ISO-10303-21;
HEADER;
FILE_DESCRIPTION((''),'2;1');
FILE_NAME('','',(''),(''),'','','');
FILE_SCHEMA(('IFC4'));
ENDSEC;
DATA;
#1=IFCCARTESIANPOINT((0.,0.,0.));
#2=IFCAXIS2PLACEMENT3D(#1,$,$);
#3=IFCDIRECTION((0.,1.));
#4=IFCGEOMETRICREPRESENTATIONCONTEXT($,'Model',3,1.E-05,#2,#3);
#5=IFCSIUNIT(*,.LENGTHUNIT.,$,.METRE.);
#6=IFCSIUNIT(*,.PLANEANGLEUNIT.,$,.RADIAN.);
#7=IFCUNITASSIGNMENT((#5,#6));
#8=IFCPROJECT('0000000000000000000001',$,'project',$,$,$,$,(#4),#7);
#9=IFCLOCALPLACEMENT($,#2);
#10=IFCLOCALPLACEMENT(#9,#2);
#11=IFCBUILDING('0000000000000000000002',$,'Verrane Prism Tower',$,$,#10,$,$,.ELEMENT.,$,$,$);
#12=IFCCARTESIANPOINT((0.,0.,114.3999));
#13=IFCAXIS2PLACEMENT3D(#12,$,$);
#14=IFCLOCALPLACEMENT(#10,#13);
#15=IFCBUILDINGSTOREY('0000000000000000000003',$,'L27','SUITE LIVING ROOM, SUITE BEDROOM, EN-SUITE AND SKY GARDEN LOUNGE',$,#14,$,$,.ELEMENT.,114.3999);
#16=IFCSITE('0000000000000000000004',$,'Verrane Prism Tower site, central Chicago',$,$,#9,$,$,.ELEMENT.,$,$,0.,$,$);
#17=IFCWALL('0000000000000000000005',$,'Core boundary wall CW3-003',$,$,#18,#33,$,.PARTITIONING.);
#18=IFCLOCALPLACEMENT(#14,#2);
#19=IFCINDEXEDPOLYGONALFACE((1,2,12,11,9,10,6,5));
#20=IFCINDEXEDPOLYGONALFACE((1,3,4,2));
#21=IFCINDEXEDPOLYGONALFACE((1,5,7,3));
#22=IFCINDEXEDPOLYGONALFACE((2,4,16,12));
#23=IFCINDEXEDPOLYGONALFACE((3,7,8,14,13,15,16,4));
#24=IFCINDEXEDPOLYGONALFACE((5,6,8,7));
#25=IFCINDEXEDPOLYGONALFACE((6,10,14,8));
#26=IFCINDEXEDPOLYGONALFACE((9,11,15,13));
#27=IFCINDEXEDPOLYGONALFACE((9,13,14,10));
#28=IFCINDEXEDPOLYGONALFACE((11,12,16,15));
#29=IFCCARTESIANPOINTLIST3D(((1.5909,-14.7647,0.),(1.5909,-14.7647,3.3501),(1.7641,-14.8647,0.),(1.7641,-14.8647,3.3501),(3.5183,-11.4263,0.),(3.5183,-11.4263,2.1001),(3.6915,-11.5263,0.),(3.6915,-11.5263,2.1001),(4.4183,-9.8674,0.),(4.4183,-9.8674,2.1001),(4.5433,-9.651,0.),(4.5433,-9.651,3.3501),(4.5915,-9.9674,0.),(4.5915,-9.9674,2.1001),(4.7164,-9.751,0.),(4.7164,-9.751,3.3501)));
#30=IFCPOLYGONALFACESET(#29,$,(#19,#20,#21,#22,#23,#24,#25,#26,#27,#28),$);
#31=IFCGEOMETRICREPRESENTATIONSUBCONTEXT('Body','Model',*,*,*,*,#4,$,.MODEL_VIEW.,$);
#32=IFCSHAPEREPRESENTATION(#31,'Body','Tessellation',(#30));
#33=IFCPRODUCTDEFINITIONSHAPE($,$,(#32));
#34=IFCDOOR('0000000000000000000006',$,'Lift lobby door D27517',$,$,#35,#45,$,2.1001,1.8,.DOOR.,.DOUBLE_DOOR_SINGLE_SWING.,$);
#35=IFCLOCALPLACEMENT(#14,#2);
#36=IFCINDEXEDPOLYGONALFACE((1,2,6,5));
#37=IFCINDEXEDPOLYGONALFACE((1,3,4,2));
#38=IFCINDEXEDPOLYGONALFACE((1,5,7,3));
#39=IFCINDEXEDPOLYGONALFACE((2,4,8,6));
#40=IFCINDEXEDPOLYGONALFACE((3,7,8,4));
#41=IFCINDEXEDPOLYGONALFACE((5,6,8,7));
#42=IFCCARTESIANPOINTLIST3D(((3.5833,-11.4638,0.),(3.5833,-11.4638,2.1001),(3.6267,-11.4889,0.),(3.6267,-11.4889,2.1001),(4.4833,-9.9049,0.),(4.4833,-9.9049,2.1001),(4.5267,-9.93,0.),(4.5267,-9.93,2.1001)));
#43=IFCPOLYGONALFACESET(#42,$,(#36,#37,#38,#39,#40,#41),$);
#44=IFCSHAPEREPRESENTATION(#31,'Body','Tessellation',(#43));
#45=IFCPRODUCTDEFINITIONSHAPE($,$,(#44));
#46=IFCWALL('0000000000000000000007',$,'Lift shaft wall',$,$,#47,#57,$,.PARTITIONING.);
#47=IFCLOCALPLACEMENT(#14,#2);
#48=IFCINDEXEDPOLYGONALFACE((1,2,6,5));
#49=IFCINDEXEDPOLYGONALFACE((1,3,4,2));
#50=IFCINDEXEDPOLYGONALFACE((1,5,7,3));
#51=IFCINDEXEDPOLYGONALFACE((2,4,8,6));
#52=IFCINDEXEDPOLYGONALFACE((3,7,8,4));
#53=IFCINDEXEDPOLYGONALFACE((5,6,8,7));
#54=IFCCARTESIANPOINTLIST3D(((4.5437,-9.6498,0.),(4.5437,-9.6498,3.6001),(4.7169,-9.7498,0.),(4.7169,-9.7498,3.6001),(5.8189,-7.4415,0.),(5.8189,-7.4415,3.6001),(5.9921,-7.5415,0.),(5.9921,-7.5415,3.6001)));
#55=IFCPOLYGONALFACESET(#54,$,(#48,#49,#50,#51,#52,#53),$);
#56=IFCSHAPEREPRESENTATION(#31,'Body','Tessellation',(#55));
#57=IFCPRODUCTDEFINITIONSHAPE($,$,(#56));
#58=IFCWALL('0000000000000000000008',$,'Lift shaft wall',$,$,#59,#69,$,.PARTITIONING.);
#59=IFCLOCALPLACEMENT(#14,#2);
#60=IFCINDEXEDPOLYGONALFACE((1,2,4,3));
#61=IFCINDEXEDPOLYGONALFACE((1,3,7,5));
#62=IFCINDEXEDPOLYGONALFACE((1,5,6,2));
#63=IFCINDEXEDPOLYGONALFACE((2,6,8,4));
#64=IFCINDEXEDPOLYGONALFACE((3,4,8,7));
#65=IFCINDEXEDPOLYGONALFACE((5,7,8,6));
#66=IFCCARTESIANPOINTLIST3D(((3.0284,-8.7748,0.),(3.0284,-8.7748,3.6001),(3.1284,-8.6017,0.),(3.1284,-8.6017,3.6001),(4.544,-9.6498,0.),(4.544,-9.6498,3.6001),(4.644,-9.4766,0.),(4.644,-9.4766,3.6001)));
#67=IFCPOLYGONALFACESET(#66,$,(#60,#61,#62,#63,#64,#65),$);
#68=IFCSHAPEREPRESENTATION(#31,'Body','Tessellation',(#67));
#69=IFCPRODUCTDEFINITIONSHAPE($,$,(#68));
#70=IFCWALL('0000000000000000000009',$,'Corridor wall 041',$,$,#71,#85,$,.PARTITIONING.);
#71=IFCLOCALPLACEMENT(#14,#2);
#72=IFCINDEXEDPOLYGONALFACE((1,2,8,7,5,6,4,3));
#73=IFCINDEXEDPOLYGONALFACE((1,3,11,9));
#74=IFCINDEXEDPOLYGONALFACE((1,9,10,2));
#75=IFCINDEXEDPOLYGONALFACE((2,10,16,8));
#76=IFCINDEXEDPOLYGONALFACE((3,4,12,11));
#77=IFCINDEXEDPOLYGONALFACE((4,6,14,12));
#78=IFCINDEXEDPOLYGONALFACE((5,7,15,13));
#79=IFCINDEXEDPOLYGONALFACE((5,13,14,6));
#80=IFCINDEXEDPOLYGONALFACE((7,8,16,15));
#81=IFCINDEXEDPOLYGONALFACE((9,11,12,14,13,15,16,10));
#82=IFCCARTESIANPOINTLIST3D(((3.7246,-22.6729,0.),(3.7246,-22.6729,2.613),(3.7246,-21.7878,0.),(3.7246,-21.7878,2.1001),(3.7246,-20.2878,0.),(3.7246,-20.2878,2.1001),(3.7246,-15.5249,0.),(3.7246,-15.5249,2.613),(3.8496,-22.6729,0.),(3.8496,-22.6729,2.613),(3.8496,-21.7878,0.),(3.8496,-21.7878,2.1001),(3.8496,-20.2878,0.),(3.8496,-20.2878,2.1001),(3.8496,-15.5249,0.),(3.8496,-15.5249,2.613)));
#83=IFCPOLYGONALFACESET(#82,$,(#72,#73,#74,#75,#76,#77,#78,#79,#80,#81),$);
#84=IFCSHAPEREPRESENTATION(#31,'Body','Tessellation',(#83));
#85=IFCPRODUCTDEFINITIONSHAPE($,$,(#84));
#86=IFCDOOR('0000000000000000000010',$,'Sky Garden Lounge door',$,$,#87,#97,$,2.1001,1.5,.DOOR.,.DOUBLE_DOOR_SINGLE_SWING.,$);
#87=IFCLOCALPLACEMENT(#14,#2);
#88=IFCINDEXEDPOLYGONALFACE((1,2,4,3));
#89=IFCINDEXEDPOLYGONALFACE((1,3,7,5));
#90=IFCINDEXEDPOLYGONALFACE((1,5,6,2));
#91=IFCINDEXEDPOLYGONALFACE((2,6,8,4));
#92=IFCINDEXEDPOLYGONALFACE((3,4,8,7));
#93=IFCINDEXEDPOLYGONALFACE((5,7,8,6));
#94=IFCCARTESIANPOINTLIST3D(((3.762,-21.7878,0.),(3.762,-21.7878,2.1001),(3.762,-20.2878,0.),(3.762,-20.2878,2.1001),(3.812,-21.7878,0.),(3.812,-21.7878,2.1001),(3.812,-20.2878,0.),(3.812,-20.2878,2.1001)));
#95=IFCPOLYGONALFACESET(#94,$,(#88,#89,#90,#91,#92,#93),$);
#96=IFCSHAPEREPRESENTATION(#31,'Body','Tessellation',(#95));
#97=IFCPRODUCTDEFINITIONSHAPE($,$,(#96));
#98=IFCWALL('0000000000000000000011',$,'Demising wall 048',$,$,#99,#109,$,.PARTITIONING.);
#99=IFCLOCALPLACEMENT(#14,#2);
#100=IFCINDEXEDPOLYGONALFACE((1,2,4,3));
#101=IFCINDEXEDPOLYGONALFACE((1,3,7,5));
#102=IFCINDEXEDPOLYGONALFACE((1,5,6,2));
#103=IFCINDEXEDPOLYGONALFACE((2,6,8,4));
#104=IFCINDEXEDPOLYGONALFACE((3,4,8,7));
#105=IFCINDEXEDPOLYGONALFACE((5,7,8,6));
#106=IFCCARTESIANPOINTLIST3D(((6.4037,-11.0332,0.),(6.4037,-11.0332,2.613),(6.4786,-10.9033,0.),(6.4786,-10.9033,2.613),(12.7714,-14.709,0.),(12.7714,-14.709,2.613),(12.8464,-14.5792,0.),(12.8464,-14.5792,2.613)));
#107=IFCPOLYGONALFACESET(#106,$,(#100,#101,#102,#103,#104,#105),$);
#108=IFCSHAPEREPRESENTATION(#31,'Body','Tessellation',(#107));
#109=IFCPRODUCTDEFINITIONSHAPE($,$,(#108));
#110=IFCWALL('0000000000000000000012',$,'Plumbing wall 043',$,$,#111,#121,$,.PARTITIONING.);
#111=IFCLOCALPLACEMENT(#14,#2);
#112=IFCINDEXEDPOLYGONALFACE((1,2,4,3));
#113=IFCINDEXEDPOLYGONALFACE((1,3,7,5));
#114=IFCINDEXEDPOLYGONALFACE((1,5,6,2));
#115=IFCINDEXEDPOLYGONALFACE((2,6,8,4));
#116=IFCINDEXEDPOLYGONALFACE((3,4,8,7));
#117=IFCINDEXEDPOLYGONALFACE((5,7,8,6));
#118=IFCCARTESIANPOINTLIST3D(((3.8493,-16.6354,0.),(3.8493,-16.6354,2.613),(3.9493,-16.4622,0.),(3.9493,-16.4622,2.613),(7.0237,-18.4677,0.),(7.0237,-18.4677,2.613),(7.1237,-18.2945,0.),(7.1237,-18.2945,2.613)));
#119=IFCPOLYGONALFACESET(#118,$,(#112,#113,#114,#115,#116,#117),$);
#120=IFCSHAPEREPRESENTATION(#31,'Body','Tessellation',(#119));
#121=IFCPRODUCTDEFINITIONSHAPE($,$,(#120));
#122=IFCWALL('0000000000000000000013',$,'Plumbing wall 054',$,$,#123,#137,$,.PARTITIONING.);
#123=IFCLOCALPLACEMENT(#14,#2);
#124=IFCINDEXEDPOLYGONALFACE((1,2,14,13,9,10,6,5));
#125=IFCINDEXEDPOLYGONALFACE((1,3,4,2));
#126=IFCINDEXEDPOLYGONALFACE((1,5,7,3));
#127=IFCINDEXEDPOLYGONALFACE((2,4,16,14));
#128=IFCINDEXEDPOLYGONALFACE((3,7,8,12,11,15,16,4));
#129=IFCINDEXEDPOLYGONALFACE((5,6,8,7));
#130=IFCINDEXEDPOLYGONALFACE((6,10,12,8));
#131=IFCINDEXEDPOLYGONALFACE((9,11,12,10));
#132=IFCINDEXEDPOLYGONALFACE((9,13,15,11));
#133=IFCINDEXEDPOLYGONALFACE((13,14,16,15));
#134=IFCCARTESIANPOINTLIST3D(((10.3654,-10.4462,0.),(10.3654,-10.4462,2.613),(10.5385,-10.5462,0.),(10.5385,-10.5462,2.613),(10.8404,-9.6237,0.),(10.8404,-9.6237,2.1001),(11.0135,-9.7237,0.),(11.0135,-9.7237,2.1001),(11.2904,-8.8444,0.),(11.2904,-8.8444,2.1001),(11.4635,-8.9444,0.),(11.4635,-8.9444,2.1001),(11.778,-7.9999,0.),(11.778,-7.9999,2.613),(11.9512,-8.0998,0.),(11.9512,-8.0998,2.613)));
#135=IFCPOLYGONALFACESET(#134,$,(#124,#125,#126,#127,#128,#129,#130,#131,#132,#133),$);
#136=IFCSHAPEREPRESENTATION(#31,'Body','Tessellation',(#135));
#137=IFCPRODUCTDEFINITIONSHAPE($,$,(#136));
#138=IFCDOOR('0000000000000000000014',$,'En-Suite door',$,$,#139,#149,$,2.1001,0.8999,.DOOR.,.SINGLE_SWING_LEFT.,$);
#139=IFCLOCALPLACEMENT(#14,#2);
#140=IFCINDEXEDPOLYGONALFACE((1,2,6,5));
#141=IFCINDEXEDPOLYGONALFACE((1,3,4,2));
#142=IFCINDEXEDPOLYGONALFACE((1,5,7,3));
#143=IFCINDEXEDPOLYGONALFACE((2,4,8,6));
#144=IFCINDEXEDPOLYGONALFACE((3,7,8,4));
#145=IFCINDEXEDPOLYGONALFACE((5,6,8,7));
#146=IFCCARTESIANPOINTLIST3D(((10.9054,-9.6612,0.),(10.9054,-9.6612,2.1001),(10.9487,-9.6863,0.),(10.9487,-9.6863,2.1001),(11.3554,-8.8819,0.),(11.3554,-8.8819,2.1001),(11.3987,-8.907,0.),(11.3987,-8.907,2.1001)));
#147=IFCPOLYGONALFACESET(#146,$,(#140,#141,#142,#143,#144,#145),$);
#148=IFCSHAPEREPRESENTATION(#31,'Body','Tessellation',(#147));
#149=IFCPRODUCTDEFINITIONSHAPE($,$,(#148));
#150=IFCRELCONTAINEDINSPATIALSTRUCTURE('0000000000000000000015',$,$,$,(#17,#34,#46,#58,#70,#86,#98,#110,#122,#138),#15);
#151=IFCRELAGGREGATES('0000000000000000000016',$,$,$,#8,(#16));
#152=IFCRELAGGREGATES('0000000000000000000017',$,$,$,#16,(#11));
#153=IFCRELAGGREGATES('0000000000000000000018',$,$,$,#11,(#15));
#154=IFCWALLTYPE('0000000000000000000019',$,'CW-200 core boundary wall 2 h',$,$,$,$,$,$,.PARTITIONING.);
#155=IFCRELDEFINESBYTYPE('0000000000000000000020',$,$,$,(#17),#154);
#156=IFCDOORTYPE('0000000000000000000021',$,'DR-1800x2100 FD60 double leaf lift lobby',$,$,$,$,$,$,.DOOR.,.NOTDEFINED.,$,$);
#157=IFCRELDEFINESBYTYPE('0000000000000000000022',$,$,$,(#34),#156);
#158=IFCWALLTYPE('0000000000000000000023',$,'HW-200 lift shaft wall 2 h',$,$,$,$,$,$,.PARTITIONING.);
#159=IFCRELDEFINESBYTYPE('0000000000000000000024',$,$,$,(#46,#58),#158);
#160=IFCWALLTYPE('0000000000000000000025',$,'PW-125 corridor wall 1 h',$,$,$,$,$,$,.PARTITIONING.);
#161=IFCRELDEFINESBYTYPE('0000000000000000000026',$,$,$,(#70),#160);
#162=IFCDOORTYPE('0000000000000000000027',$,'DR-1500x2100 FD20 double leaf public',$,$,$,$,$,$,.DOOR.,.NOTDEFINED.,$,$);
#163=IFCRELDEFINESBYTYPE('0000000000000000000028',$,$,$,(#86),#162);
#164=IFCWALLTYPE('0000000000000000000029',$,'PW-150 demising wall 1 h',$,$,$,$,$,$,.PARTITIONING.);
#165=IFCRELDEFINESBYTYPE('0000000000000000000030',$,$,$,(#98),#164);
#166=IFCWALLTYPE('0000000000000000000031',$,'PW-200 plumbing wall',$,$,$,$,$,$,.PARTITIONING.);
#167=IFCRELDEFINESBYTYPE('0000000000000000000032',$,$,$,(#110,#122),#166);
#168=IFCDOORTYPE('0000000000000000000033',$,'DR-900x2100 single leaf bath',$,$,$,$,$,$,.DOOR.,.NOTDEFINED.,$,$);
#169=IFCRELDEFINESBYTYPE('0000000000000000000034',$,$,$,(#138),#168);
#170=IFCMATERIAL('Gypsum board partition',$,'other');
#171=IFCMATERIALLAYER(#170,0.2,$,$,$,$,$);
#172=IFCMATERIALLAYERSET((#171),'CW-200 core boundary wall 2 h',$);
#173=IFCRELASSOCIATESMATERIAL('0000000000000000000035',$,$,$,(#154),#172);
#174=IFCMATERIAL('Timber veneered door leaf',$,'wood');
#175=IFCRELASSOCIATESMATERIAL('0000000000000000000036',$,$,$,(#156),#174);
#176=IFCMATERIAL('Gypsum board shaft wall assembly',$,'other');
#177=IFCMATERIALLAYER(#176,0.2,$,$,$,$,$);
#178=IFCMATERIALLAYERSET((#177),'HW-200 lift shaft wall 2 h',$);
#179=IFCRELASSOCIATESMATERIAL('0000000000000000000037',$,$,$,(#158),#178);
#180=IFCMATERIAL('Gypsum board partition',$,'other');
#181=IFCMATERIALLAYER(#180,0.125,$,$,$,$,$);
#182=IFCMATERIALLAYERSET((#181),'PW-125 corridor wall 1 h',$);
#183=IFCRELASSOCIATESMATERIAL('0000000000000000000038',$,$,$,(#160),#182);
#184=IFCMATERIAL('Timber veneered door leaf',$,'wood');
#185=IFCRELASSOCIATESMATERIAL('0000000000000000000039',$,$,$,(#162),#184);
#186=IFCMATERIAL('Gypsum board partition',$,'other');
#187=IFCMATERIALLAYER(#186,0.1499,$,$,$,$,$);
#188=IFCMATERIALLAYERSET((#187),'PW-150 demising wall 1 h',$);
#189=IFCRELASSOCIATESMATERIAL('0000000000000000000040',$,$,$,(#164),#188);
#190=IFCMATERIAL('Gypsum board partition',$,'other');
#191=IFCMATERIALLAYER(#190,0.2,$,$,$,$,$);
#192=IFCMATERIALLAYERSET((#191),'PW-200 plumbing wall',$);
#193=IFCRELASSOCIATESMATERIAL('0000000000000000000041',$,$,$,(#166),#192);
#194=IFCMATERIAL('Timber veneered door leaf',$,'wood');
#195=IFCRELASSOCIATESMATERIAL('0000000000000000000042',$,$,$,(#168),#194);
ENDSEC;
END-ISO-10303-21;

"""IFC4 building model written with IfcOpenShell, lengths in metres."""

from ifc_helpers import new_model, si_unit, direction, frame, frame_2d, origin, place, context, subcontext, project, spatial, rectangle, extrude, material, layer, layer_set, type_object, element, fill, save


model = new_model("IFC4")

# Units and contexts
model_context = context("Model", 3, precision=1e-05, world=origin(), true_north=direction((0.0, 1.0)))
body_context = subcontext(model_context, "Body", "Model", "MODEL_VIEW")
ifc_project = project(units=[si_unit("LENGTHUNIT", "METRE"), si_unit("PLANEANGLEUNIT", "RADIAN")], contexts=[model_context])

# Site, building, storey
site_placement = place(None, origin())
site = spatial("IfcSite", under=ifc_project, at=site_placement, Name="Verrane Prism Tower site, central Chicago", CompositionType="ELEMENT", RefElevation=0.0)
building_placement = place(site_placement, origin())
building = spatial("IfcBuilding", under=site, at=building_placement, Name="Verrane Prism Tower", CompositionType="ELEMENT")
storey_placement = place(building_placement, frame((0.0, 0.0, 114.3999)))
storey = spatial("IfcBuildingStorey", under=building, at=storey_placement, Name="L27", Description="SUITE LIVING ROOM, SUITE BEDROOM, EN-SUITE AND SKY GARDEN LOUNGE", CompositionType="ELEMENT", Elevation=114.3999)

# Wall, opening, door
ifc_material_1 = material(Name="Gypsum board partition", Category="other")
ifc_layer_1 = layer(ifc_material_1, 0.2)
ifc_layer_set_1 = layer_set([ifc_layer_1], Name="CW-200 core boundary wall 2 h")
wall_type_1 = type_object("IfcWallType", Name="CW-200 core boundary wall 2 h", PredefinedType="PARTITIONING", material=ifc_layer_set_1)
wall_1_placement = place(storey_placement, frame((1.6775, -14.8147, 0.0), z_axis=(0.0, 0.0, 1.0), x_axis=(0.499994, 0.866029, 0.0)))
wall_1 = element("IfcWall", 1, at=wall_1_placement, inside=storey, type_object=wall_type_1, Name="Core boundary wall CW3-003", PredefinedType="PARTITIONING", context=body_context, shape_type="SweptSolid", body=[
    extrude(rectangle(XDim=5.9048, YDim=0.2, at=frame_2d((2.9524, 0.0))), origin(), (0.0, 0.0, 1.0), 3.3501),
])
opening_1_placement = place(wall_1_placement, frame((3.855, 0.0, 0.0)))
opening_1 = element("IfcOpeningElement", 2, at=opening_1_placement, cuts=wall_1, PredefinedType="OPENING", context=body_context, shape_type="SweptSolid", body=[
    extrude(rectangle(XDim=1.8, YDim=2.1001, at=frame_2d((0.8999, 1.05))), frame((0.0, 0.1099, 0.0), z_axis=(0.0, -1.0, 0.0), x_axis=(1.0, 0.0, 0.0)), (0.0, 0.0, 1.0), 0.22),
])
ifc_material_2 = material(Name="Timber veneered door leaf", Category="wood")
door_type_1 = type_object("IfcDoorType", Name="DR-1800x2100 FD60 double leaf lift lobby", OperationType="NOTDEFINED", PredefinedType="DOOR", material=ifc_material_2)
door_1_placement = place(opening_1_placement, origin())
door_1 = element("IfcDoor", 3, at=door_1_placement, inside=storey, type_object=door_type_1, Name="Lift lobby door D27517", OperationType="DOUBLE_DOOR_SINGLE_SWING", OverallHeight=2.1001, OverallWidth=1.8, PredefinedType="DOOR", context=body_context, shape_type="SweptSolid", body=[
    extrude(rectangle(XDim=1.8, YDim=2.1001, at=frame_2d((0.8999, 1.05))), frame((0.0, 0.0249, 0.0), z_axis=(0.0, -1.0, 0.0), x_axis=(1.0, 0.0, 0.0)), (0.0, 0.0, 1.0), 0.05),
])
fill(opening_1, door_1)

# Walls
ifc_material_3 = material(Name="Gypsum board shaft wall assembly", Category="other")
ifc_layer_2 = layer(ifc_material_3, 0.2)
ifc_layer_set_2 = layer_set([ifc_layer_2], Name="HW-200 lift shaft wall 2 h")
wall_type_2 = type_object("IfcWallType", Name="HW-200 lift shaft wall 2 h", PredefinedType="PARTITIONING", material=ifc_layer_set_2)
wall_2_placement = place(storey_placement, frame((4.6304, -9.6997, 0.0), z_axis=(0.0, 0.0, 1.0), x_axis=(0.500062, 0.865989, 0.0)))
element("IfcWall", 4, at=wall_2_placement, inside=storey, type_object=wall_type_2, Name="Lift shaft wall", PredefinedType="PARTITIONING", context=body_context, shape_type="SweptSolid", body=[
    extrude(rectangle(XDim=2.55, YDim=0.2, at=frame_2d((1.2749, 0.0))), origin(), (0.0, 0.0, 1.0), 3.6001),
])
wall_3_placement = place(storey_placement, frame((4.594, -9.5632, 0.0), z_axis=(0.0, 0.0, 1.0), x_axis=(-0.866037, 0.49998, 0.0)))
element("IfcWall", 5, at=wall_3_placement, inside=storey, type_object=wall_type_2, Name="Lift shaft wall", PredefinedType="PARTITIONING", context=body_context, shape_type="SweptSolid", body=[
    extrude(rectangle(XDim=1.75, YDim=0.2, at=frame_2d((0.875, 0.0))), origin(), (0.0, 0.0, 1.0), 3.6001),
])

# Wall, opening, door
ifc_material_4 = material(Name="Gypsum board partition", Category="other")
ifc_layer_3 = layer(ifc_material_4, 0.125)
ifc_layer_set_3 = layer_set([ifc_layer_3], Name="PW-125 corridor wall 1 h")
wall_type_3 = type_object("IfcWallType", Name="PW-125 corridor wall 1 h", PredefinedType="PARTITIONING", material=ifc_layer_set_3)
wall_4_placement = place(storey_placement, frame((3.7871, -15.5249, 0.0), z_axis=(0.0, 0.0, 1.0), x_axis=(0.0, -1.0, 0.0)))
wall_4 = element("IfcWall", 6, at=wall_4_placement, inside=storey, type_object=wall_type_3, Name="Corridor wall 041", PredefinedType="PARTITIONING", context=body_context, shape_type="SweptSolid", body=[
    extrude(rectangle(XDim=7.1479, YDim=0.125, at=frame_2d((3.574, 0.0))), origin(), (0.0, 0.0, 1.0), 2.613),
])
opening_2_placement = place(wall_4_placement, frame((4.7629, 0.0, 0.0)))
opening_2 = element("IfcOpeningElement", 7, at=opening_2_placement, cuts=wall_4, PredefinedType="OPENING", context=body_context, shape_type="SweptSolid", body=[
    extrude(rectangle(XDim=1.5, YDim=2.1001, at=frame_2d((0.75, 1.05))), frame((0.0, 0.0725, 0.0), z_axis=(0.0, -1.0, 0.0), x_axis=(1.0, 0.0, 0.0)), (0.0, 0.0, 1.0), 0.145),
])
ifc_material_5 = material(Name="Timber veneered door leaf", Category="wood")
door_type_2 = type_object("IfcDoorType", Name="DR-1500x2100 FD20 double leaf public", OperationType="NOTDEFINED", PredefinedType="DOOR", material=ifc_material_5)
door_2_placement = place(opening_2_placement, origin())
door_2 = element("IfcDoor", 8, at=door_2_placement, inside=storey, type_object=door_type_2, Name="Sky Garden Lounge door", OperationType="DOUBLE_DOOR_SINGLE_SWING", OverallHeight=2.1001, OverallWidth=1.5, PredefinedType="DOOR", context=body_context, shape_type="SweptSolid", body=[
    extrude(rectangle(XDim=1.5, YDim=2.1001, at=frame_2d((0.75, 1.05))), frame((0.0, 0.0249, 0.0), z_axis=(0.0, -1.0, 0.0), x_axis=(1.0, 0.0, 0.0)), (0.0, 0.0, 1.0), 0.05),
])
fill(opening_2, door_2)

# Walls
ifc_material_6 = material(Name="Gypsum board partition", Category="other")
ifc_layer_4 = layer(ifc_material_6, 0.1499)
ifc_layer_set_4 = layer_set([ifc_layer_4], Name="PW-150 demising wall 1 h")
wall_type_4 = type_object("IfcWallType", Name="PW-150 demising wall 1 h", PredefinedType="PARTITIONING", material=ifc_layer_set_4)
wall_5_placement = place(storey_placement, frame((6.4412, -10.9683, 0.0), z_axis=(0.0, 0.0, 1.0), x_axis=(0.866061, -0.499939, 0.0)))
element("IfcWall", 9, at=wall_5_placement, inside=storey, type_object=wall_type_4, Name="Demising wall 048", PredefinedType="PARTITIONING", context=body_context, shape_type="SweptSolid", body=[
    extrude(rectangle(XDim=7.3525, YDim=0.1499, at=frame_2d((3.6763, 0.0))), origin(), (0.0, 0.0, 1.0), 2.613),
])
ifc_material_7 = material(Name="Gypsum board partition", Category="other")
ifc_layer_5 = layer(ifc_material_7, 0.2)
ifc_layer_set_5 = layer_set([ifc_layer_5], Name="PW-200 plumbing wall")
wall_type_5 = type_object("IfcWallType", Name="PW-200 plumbing wall", PredefinedType="PARTITIONING", material=ifc_layer_set_5)
wall_6_placement = place(storey_placement, frame((3.8994, -16.5488, 0.0), z_axis=(0.0, 0.0, 1.0), x_axis=(0.866075, -0.499915, 0.0)))
element("IfcWall", 10, at=wall_6_placement, inside=storey, type_object=wall_type_5, Name="Plumbing wall 043", PredefinedType="PARTITIONING", context=body_context, shape_type="SweptSolid", body=[
    extrude(rectangle(XDim=3.6653, YDim=0.2, at=frame_2d((1.8325, 0.0))), origin(), (0.0, 0.0, 1.0), 2.613),
])

# Wall, opening, door
wall_7_placement = place(storey_placement, frame((10.4519, -10.4963, 0.0), z_axis=(0.0, 0.0, 1.0), x_axis=(0.500062, 0.86599, 0.0)))
wall_7 = element("IfcWall", 11, at=wall_7_placement, inside=storey, type_object=wall_type_5, Name="Plumbing wall 054", PredefinedType="PARTITIONING", context=body_context, shape_type="SweptSolid", body=[
    extrude(rectangle(XDim=2.825, YDim=0.2, at=frame_2d((1.4126, 0.0))), origin(), (0.0, 0.0, 1.0), 2.613),
])
opening_3_placement = place(wall_7_placement, frame((0.95, 0.0, 0.0)))
opening_3 = element("IfcOpeningElement", 12, at=opening_3_placement, cuts=wall_7, PredefinedType="OPENING", context=body_context, shape_type="SweptSolid", body=[
    extrude(rectangle(XDim=0.8999, YDim=2.1001, at=frame_2d((0.45, 1.05))), frame((0.0, 0.1099, 0.0), z_axis=(0.0, -1.0, 0.0), x_axis=(1.0, 0.0, 0.0)), (0.0, 0.0, 1.0), 0.22),
])
ifc_material_8 = material(Name="Timber veneered door leaf", Category="wood")
door_type_3 = type_object("IfcDoorType", Name="DR-900x2100 single leaf bath", OperationType="NOTDEFINED", PredefinedType="DOOR", material=ifc_material_8)
door_3_placement = place(opening_3_placement, origin())
door_3 = element("IfcDoor", 13, at=door_3_placement, inside=storey, type_object=door_type_3, Name="En-Suite door", OperationType="SINGLE_SWING_LEFT", OverallHeight=2.1001, OverallWidth=0.8999, PredefinedType="DOOR", context=body_context, shape_type="SweptSolid", body=[
    extrude(rectangle(XDim=0.8999, YDim=2.1001, at=frame_2d((0.45, 1.05))), frame((0.0, 0.0249, 0.0), z_axis=(0.0, -1.0, 0.0), x_axis=(1.0, 0.0, 0.0)), (0.0, 0.0, 1.0), 0.05),
])
fill(opening_3, door_3)

save(model, "model.ifc")
